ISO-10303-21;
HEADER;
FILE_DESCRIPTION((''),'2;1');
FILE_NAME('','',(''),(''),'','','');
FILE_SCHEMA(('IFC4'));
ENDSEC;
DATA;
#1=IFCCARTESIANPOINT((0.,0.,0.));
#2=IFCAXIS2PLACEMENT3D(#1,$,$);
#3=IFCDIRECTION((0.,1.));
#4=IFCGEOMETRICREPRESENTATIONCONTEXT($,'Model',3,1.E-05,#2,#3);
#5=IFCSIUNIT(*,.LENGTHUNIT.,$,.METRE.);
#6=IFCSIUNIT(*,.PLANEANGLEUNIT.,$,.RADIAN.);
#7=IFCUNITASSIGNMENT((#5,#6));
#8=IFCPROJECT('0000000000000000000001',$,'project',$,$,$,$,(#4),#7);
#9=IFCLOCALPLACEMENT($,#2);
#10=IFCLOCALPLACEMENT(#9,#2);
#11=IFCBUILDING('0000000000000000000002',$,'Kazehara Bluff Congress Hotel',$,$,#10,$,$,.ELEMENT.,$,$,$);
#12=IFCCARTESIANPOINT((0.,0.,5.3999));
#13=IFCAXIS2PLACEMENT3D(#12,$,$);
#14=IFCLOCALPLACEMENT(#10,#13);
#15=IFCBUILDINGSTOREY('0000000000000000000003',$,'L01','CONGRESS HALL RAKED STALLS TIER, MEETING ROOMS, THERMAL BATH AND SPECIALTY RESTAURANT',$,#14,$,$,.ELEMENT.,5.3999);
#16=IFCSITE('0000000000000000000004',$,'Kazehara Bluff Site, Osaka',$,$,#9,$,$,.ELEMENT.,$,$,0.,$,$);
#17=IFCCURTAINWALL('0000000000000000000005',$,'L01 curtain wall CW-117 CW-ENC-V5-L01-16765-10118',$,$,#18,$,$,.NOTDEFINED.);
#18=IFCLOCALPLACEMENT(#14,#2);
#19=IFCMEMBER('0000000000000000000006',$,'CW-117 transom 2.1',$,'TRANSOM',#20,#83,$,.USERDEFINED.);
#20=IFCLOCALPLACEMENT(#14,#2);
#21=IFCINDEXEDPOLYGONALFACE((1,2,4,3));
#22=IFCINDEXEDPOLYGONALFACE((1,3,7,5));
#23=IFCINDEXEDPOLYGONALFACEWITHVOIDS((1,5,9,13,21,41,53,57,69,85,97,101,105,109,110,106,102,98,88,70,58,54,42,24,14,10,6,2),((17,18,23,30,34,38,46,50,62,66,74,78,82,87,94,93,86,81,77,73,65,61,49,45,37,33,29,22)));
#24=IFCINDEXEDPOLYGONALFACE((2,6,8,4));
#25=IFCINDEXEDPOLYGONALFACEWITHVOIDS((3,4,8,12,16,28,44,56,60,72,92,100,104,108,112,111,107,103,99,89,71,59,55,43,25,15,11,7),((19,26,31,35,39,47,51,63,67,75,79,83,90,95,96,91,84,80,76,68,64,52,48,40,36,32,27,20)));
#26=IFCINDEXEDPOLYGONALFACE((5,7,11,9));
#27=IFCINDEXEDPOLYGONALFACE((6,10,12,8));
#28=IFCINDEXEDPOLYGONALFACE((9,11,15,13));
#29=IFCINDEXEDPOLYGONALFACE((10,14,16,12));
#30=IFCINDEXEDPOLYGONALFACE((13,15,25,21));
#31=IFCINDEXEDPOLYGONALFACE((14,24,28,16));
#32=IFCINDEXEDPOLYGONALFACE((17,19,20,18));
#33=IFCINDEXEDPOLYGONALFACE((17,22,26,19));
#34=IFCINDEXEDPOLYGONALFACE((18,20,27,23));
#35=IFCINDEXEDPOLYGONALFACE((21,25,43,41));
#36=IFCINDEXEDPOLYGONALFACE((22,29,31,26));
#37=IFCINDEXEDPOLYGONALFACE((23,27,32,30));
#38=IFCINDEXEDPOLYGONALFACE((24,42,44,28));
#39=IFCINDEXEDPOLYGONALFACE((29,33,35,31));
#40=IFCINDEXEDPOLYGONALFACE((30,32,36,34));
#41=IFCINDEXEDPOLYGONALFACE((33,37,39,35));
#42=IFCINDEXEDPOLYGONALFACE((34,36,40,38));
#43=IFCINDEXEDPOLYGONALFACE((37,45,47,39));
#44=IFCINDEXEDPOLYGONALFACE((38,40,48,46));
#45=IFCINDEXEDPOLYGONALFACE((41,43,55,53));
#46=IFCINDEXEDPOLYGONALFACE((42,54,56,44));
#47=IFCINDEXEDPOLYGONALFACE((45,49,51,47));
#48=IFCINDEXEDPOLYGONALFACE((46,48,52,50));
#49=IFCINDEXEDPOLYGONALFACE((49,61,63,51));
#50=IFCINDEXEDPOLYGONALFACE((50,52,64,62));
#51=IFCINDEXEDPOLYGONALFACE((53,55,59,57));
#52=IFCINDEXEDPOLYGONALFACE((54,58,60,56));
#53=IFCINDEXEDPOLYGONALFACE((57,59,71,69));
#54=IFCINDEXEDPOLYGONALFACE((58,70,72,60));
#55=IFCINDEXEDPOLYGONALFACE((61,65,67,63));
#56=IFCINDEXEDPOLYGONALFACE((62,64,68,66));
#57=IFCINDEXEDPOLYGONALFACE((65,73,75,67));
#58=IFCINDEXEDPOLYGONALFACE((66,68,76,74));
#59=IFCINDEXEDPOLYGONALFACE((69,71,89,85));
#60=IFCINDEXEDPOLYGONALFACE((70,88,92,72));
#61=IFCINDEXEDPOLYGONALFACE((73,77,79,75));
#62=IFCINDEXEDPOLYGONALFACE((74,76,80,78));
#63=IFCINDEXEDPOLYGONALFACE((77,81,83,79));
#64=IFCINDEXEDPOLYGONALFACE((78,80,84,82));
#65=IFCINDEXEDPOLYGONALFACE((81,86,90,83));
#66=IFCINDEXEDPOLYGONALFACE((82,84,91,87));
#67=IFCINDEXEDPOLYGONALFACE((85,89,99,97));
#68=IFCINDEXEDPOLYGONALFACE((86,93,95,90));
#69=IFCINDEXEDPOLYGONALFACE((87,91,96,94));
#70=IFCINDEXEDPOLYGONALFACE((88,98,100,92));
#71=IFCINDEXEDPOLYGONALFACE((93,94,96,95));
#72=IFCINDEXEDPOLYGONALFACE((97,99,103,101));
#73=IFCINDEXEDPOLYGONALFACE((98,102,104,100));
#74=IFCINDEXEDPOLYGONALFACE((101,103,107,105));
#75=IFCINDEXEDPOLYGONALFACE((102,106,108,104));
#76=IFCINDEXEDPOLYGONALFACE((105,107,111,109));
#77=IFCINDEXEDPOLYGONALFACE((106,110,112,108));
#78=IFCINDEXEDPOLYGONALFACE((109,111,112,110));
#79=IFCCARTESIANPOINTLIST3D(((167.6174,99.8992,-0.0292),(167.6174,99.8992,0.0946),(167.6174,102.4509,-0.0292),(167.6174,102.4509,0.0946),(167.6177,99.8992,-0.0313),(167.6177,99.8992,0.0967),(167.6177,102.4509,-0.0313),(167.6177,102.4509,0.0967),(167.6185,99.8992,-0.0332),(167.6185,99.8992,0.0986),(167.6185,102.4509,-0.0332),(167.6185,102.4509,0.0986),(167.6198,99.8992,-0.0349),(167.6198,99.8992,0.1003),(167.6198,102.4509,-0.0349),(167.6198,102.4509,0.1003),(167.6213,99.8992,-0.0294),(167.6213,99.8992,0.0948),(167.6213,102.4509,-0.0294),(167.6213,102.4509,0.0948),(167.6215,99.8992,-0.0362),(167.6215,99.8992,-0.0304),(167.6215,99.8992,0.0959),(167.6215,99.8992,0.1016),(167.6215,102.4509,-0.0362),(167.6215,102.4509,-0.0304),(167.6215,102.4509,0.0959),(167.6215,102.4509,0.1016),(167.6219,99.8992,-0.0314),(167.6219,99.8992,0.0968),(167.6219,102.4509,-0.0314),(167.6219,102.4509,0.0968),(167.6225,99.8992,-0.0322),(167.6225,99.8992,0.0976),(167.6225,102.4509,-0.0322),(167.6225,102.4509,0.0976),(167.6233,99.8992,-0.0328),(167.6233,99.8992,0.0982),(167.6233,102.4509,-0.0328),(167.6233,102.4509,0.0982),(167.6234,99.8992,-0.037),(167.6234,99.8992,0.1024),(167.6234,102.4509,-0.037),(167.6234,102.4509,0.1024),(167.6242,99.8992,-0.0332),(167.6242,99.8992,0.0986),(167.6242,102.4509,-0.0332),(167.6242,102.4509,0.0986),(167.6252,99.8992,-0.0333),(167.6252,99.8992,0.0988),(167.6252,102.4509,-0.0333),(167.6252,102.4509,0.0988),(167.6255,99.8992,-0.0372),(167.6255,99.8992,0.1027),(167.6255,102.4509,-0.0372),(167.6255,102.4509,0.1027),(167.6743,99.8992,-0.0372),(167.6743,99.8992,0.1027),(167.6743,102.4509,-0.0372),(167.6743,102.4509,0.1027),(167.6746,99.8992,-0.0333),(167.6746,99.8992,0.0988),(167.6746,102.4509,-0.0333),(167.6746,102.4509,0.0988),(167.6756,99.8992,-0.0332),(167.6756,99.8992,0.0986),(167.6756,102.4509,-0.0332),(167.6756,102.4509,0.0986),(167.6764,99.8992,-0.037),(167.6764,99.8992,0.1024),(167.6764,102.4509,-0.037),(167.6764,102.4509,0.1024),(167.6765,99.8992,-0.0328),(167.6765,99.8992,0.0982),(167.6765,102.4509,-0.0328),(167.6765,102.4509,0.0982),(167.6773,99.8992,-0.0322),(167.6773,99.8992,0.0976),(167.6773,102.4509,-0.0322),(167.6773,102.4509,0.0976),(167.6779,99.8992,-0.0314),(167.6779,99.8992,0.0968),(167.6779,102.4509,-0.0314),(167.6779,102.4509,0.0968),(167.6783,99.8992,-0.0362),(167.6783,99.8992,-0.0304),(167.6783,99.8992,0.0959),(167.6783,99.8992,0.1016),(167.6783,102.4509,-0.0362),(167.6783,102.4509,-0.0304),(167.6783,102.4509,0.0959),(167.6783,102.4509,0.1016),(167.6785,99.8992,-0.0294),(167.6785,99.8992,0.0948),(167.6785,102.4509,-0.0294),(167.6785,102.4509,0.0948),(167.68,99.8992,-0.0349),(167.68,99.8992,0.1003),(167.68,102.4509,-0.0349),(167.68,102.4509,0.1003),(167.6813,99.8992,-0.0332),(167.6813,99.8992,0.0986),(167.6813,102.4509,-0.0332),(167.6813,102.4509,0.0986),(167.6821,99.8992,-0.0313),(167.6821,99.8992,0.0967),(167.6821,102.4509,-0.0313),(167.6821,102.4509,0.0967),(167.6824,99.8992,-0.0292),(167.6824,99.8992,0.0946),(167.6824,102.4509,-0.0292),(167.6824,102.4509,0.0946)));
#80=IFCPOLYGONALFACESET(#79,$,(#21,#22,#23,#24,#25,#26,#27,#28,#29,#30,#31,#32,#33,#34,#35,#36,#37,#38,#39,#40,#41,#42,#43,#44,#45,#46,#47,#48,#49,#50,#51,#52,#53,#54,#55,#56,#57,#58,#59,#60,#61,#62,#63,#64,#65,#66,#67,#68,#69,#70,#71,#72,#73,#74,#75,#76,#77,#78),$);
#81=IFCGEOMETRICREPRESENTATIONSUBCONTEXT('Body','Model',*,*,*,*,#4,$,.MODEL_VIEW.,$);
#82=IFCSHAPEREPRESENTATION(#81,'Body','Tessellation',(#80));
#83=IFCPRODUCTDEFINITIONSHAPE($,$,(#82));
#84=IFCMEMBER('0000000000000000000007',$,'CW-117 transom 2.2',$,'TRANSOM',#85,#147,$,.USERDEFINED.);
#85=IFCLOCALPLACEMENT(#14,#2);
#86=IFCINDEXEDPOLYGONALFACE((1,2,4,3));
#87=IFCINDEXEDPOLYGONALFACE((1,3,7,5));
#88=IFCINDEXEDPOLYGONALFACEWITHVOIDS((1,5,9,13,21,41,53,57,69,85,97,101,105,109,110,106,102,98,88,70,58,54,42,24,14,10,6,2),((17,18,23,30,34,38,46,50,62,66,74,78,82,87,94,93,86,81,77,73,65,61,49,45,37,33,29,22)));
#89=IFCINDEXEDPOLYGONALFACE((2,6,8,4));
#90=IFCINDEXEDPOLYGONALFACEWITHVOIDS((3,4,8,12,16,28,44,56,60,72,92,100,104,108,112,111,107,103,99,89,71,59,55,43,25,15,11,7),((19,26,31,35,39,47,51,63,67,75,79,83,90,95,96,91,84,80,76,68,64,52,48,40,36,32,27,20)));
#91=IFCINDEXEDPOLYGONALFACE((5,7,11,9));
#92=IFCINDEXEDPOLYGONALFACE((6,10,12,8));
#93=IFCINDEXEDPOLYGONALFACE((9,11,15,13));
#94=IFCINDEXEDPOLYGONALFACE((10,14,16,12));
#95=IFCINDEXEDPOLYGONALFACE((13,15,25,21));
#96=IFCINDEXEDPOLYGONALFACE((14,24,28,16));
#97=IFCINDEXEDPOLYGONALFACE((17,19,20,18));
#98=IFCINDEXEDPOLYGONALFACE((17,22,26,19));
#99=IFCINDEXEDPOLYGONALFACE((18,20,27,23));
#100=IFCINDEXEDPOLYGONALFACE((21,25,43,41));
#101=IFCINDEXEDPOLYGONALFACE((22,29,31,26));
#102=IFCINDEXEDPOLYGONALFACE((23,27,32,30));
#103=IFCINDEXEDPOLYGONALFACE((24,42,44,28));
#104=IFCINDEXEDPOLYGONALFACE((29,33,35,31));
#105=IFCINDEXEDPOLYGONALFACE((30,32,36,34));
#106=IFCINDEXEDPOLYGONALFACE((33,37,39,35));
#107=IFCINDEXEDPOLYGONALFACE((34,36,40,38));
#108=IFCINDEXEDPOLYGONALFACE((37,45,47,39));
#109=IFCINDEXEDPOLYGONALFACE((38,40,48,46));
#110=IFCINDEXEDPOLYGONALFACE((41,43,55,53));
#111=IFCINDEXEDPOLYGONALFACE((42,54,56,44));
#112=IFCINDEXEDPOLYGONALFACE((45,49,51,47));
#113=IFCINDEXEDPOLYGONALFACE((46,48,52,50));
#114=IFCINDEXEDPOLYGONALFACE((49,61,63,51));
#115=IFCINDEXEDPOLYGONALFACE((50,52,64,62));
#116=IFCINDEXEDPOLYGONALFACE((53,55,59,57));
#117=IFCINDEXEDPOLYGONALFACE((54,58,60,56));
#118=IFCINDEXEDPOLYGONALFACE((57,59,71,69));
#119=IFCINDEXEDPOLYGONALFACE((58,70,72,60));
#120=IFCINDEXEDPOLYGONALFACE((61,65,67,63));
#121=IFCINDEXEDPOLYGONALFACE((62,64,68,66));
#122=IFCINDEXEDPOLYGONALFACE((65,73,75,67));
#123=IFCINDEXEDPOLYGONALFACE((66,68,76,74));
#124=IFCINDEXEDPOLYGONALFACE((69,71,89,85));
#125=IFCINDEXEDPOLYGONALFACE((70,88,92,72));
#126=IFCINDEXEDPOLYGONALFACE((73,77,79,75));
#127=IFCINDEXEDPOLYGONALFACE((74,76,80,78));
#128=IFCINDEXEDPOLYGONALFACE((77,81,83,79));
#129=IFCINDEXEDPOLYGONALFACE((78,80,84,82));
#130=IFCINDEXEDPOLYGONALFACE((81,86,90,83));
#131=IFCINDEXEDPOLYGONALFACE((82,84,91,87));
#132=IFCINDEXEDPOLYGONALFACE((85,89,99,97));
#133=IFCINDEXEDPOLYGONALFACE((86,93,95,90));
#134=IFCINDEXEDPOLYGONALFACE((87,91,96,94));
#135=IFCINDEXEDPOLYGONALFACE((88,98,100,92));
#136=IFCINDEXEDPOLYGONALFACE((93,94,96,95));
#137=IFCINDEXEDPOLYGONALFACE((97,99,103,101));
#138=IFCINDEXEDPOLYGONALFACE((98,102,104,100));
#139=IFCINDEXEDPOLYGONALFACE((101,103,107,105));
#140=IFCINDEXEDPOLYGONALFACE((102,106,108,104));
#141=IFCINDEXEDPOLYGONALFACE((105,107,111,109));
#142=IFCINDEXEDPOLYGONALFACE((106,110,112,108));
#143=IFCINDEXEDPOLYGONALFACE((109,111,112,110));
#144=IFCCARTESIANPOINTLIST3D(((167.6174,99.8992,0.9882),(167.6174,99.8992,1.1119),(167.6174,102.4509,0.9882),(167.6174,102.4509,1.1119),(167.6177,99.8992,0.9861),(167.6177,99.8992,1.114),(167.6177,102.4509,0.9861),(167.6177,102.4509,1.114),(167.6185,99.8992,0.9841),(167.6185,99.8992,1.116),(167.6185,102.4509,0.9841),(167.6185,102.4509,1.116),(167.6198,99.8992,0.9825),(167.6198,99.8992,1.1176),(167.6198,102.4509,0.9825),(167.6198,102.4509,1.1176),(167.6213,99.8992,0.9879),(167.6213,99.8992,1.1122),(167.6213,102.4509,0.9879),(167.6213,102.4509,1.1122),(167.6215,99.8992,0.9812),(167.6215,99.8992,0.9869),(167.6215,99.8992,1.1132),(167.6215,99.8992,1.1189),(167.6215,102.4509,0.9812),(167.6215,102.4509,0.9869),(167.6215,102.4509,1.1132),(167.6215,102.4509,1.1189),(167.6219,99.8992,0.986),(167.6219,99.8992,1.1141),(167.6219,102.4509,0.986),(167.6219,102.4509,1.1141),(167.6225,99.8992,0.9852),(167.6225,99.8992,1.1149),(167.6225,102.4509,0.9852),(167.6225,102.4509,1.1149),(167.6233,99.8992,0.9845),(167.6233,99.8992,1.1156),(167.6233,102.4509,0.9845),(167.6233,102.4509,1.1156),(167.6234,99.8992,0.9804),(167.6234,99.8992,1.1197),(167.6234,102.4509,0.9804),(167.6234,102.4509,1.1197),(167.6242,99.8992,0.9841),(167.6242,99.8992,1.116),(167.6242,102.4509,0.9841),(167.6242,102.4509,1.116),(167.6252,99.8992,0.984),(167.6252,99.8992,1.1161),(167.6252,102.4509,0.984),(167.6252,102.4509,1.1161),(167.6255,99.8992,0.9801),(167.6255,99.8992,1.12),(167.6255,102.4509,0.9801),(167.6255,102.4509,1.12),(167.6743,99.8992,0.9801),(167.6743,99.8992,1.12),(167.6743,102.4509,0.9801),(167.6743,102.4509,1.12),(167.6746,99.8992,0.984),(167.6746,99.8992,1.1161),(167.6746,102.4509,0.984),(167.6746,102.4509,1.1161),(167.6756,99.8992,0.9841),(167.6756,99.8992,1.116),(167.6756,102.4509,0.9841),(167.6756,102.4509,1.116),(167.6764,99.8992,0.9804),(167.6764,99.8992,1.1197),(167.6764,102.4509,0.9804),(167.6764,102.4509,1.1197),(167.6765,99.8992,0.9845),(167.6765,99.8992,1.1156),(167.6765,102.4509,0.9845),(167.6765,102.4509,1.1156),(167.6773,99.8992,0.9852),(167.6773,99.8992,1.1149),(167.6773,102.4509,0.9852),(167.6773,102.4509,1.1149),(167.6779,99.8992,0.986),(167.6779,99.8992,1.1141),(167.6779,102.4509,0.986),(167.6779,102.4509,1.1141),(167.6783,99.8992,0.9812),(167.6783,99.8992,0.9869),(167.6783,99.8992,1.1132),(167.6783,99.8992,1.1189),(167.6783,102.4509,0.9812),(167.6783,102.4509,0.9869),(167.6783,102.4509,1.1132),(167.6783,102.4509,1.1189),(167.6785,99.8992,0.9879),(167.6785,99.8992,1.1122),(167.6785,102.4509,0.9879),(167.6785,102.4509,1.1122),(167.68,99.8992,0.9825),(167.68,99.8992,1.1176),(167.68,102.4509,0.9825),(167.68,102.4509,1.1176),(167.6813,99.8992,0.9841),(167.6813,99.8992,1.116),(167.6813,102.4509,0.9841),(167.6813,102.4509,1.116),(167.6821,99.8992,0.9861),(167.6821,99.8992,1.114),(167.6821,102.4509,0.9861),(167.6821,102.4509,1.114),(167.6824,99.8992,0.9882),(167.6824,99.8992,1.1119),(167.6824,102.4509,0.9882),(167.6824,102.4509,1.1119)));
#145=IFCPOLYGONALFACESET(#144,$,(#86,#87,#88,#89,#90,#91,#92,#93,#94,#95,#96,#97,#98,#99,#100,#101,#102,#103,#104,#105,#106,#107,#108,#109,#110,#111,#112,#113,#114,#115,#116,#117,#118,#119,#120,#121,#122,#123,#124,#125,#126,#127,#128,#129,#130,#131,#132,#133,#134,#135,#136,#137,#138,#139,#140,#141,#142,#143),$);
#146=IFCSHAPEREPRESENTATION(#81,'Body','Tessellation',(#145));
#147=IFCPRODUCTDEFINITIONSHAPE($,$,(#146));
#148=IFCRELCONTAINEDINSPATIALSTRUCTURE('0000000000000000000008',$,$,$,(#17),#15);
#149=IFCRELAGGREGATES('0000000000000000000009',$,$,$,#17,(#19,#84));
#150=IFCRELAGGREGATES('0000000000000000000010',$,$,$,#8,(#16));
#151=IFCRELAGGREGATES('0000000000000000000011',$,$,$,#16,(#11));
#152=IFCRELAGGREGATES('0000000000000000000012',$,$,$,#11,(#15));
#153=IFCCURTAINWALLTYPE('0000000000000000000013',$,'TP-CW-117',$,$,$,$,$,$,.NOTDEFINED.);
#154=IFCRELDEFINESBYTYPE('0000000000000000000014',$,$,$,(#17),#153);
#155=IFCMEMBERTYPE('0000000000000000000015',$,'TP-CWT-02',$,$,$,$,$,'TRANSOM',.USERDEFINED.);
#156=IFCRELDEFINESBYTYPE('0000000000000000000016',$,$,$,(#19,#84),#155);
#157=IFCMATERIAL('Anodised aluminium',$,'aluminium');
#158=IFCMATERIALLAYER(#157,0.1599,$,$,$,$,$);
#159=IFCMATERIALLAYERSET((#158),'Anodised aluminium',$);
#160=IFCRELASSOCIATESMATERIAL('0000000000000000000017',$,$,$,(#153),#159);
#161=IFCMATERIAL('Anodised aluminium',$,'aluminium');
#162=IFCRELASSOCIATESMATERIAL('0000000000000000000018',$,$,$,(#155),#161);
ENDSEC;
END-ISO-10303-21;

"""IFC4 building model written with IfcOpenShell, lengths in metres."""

from ifc_helpers import new_model, si_unit, direction, frame, origin, origin_2d, place, context, subcontext, project, spatial, hollow_rectangle, extrude, material, layer, layer_set, material_profile, profile_set, type_object, element, aggregate, save


model = new_model("IFC4")

# Units and contexts
model_context = context("Model", 3, precision=1e-05, world=origin(), true_north=direction((0.0, 1.0)))
body_context = subcontext(model_context, "Body", "Model", "MODEL_VIEW")
ifc_project = project(units=[si_unit("LENGTHUNIT", "METRE"), si_unit("PLANEANGLEUNIT", "RADIAN")], contexts=[model_context])

# Site, building, storey
site_placement = place(None, origin())
site = spatial("IfcSite", under=ifc_project, at=site_placement, Name="Kazehara Bluff Site, Osaka", CompositionType="ELEMENT", RefElevation=0.0)
building_placement = place(site_placement, origin())
building = spatial("IfcBuilding", under=site, at=building_placement, Name="Kazehara Bluff Congress Hotel", CompositionType="ELEMENT")
storey_placement = place(building_placement, frame((0.0, 0.0, 5.3999)))
storey = spatial("IfcBuildingStorey", under=building, at=storey_placement, Name="L01", Description="CONGRESS HALL RAKED STALLS TIER, MEETING ROOMS, THERMAL BATH AND SPECIALTY RESTAURANT", CompositionType="ELEMENT", Elevation=5.3999)

# Curtain wall
ifc_material_1 = material(Name="Anodised aluminium", Category="aluminium")
ifc_layer_1 = layer(ifc_material_1, 0.1599)
ifc_layer_set_1 = layer_set([ifc_layer_1], Name="Anodised aluminium")
curtain_wall_type_1 = type_object("IfcCurtainWallType", Name="TP-CW-117", PredefinedType="NOTDEFINED", material=ifc_layer_set_1)
curtain_wall_1_placement = place(storey_placement, origin())
curtain_wall_1 = element("IfcCurtainWall", 1, at=curtain_wall_1_placement, inside=storey, type_object=curtain_wall_type_1, Name="L01 curtain wall CW-117 CW-ENC-V5-L01-16765-10118", PredefinedType="NOTDEFINED")

# Members
ifc_material_2 = material(Name="Anodised aluminium", Category="aluminium")
ifc_material_profile_1 = material_profile(ifc_material_2, hollow_rectangle(XDim=0.0649, YDim=0.1399, WallThickness=0.0039, InnerFilletRadius=0.0039, OuterFilletRadius=0.0081, at=origin_2d()))
ifc_profile_set_1 = profile_set([ifc_material_profile_1], Name="Anodised aluminium")
member_type_1 = type_object("IfcMemberType", Name="TP-CWT-02", ElementType="TRANSOM", PredefinedType="USERDEFINED", material=ifc_profile_set_1)
member_1_placement = place(storey_placement, frame((167.6499, 102.4509, 0.0327), z_axis=(0.0, -1.0, 0.0), x_axis=(1.0, 0.0, 0.0)))
member_1 = element("IfcMember", 2, at=member_1_placement, type_object=member_type_1, Name="CW-117 transom 2.1", ObjectType="TRANSOM", PredefinedType="USERDEFINED", context=body_context, shape_type="SweptSolid", body=[
    extrude(hollow_rectangle(XDim=0.0649, YDim=0.1399, WallThickness=0.0039, InnerFilletRadius=0.0039, OuterFilletRadius=0.0081, at=origin_2d()), origin(), (0.0, 0.0, 1.0), 2.5518),
])
member_2_placement = place(storey_placement, frame((167.6499, 102.4509, 1.05), z_axis=(0.0, -1.0, 0.0), x_axis=(1.0, 0.0, 0.0)))
member_2 = element("IfcMember", 3, at=member_2_placement, type_object=member_type_1, Name="CW-117 transom 2.2", ObjectType="TRANSOM", PredefinedType="USERDEFINED", context=body_context, shape_type="SweptSolid", body=[
    extrude(hollow_rectangle(XDim=0.0649, YDim=0.1399, WallThickness=0.0039, InnerFilletRadius=0.0039, OuterFilletRadius=0.0081, at=origin_2d()), origin(), (0.0, 0.0, 1.0), 2.5518),
])

aggregate(curtain_wall_1, [member_1, member_2])

save(model, "model.ifc")
